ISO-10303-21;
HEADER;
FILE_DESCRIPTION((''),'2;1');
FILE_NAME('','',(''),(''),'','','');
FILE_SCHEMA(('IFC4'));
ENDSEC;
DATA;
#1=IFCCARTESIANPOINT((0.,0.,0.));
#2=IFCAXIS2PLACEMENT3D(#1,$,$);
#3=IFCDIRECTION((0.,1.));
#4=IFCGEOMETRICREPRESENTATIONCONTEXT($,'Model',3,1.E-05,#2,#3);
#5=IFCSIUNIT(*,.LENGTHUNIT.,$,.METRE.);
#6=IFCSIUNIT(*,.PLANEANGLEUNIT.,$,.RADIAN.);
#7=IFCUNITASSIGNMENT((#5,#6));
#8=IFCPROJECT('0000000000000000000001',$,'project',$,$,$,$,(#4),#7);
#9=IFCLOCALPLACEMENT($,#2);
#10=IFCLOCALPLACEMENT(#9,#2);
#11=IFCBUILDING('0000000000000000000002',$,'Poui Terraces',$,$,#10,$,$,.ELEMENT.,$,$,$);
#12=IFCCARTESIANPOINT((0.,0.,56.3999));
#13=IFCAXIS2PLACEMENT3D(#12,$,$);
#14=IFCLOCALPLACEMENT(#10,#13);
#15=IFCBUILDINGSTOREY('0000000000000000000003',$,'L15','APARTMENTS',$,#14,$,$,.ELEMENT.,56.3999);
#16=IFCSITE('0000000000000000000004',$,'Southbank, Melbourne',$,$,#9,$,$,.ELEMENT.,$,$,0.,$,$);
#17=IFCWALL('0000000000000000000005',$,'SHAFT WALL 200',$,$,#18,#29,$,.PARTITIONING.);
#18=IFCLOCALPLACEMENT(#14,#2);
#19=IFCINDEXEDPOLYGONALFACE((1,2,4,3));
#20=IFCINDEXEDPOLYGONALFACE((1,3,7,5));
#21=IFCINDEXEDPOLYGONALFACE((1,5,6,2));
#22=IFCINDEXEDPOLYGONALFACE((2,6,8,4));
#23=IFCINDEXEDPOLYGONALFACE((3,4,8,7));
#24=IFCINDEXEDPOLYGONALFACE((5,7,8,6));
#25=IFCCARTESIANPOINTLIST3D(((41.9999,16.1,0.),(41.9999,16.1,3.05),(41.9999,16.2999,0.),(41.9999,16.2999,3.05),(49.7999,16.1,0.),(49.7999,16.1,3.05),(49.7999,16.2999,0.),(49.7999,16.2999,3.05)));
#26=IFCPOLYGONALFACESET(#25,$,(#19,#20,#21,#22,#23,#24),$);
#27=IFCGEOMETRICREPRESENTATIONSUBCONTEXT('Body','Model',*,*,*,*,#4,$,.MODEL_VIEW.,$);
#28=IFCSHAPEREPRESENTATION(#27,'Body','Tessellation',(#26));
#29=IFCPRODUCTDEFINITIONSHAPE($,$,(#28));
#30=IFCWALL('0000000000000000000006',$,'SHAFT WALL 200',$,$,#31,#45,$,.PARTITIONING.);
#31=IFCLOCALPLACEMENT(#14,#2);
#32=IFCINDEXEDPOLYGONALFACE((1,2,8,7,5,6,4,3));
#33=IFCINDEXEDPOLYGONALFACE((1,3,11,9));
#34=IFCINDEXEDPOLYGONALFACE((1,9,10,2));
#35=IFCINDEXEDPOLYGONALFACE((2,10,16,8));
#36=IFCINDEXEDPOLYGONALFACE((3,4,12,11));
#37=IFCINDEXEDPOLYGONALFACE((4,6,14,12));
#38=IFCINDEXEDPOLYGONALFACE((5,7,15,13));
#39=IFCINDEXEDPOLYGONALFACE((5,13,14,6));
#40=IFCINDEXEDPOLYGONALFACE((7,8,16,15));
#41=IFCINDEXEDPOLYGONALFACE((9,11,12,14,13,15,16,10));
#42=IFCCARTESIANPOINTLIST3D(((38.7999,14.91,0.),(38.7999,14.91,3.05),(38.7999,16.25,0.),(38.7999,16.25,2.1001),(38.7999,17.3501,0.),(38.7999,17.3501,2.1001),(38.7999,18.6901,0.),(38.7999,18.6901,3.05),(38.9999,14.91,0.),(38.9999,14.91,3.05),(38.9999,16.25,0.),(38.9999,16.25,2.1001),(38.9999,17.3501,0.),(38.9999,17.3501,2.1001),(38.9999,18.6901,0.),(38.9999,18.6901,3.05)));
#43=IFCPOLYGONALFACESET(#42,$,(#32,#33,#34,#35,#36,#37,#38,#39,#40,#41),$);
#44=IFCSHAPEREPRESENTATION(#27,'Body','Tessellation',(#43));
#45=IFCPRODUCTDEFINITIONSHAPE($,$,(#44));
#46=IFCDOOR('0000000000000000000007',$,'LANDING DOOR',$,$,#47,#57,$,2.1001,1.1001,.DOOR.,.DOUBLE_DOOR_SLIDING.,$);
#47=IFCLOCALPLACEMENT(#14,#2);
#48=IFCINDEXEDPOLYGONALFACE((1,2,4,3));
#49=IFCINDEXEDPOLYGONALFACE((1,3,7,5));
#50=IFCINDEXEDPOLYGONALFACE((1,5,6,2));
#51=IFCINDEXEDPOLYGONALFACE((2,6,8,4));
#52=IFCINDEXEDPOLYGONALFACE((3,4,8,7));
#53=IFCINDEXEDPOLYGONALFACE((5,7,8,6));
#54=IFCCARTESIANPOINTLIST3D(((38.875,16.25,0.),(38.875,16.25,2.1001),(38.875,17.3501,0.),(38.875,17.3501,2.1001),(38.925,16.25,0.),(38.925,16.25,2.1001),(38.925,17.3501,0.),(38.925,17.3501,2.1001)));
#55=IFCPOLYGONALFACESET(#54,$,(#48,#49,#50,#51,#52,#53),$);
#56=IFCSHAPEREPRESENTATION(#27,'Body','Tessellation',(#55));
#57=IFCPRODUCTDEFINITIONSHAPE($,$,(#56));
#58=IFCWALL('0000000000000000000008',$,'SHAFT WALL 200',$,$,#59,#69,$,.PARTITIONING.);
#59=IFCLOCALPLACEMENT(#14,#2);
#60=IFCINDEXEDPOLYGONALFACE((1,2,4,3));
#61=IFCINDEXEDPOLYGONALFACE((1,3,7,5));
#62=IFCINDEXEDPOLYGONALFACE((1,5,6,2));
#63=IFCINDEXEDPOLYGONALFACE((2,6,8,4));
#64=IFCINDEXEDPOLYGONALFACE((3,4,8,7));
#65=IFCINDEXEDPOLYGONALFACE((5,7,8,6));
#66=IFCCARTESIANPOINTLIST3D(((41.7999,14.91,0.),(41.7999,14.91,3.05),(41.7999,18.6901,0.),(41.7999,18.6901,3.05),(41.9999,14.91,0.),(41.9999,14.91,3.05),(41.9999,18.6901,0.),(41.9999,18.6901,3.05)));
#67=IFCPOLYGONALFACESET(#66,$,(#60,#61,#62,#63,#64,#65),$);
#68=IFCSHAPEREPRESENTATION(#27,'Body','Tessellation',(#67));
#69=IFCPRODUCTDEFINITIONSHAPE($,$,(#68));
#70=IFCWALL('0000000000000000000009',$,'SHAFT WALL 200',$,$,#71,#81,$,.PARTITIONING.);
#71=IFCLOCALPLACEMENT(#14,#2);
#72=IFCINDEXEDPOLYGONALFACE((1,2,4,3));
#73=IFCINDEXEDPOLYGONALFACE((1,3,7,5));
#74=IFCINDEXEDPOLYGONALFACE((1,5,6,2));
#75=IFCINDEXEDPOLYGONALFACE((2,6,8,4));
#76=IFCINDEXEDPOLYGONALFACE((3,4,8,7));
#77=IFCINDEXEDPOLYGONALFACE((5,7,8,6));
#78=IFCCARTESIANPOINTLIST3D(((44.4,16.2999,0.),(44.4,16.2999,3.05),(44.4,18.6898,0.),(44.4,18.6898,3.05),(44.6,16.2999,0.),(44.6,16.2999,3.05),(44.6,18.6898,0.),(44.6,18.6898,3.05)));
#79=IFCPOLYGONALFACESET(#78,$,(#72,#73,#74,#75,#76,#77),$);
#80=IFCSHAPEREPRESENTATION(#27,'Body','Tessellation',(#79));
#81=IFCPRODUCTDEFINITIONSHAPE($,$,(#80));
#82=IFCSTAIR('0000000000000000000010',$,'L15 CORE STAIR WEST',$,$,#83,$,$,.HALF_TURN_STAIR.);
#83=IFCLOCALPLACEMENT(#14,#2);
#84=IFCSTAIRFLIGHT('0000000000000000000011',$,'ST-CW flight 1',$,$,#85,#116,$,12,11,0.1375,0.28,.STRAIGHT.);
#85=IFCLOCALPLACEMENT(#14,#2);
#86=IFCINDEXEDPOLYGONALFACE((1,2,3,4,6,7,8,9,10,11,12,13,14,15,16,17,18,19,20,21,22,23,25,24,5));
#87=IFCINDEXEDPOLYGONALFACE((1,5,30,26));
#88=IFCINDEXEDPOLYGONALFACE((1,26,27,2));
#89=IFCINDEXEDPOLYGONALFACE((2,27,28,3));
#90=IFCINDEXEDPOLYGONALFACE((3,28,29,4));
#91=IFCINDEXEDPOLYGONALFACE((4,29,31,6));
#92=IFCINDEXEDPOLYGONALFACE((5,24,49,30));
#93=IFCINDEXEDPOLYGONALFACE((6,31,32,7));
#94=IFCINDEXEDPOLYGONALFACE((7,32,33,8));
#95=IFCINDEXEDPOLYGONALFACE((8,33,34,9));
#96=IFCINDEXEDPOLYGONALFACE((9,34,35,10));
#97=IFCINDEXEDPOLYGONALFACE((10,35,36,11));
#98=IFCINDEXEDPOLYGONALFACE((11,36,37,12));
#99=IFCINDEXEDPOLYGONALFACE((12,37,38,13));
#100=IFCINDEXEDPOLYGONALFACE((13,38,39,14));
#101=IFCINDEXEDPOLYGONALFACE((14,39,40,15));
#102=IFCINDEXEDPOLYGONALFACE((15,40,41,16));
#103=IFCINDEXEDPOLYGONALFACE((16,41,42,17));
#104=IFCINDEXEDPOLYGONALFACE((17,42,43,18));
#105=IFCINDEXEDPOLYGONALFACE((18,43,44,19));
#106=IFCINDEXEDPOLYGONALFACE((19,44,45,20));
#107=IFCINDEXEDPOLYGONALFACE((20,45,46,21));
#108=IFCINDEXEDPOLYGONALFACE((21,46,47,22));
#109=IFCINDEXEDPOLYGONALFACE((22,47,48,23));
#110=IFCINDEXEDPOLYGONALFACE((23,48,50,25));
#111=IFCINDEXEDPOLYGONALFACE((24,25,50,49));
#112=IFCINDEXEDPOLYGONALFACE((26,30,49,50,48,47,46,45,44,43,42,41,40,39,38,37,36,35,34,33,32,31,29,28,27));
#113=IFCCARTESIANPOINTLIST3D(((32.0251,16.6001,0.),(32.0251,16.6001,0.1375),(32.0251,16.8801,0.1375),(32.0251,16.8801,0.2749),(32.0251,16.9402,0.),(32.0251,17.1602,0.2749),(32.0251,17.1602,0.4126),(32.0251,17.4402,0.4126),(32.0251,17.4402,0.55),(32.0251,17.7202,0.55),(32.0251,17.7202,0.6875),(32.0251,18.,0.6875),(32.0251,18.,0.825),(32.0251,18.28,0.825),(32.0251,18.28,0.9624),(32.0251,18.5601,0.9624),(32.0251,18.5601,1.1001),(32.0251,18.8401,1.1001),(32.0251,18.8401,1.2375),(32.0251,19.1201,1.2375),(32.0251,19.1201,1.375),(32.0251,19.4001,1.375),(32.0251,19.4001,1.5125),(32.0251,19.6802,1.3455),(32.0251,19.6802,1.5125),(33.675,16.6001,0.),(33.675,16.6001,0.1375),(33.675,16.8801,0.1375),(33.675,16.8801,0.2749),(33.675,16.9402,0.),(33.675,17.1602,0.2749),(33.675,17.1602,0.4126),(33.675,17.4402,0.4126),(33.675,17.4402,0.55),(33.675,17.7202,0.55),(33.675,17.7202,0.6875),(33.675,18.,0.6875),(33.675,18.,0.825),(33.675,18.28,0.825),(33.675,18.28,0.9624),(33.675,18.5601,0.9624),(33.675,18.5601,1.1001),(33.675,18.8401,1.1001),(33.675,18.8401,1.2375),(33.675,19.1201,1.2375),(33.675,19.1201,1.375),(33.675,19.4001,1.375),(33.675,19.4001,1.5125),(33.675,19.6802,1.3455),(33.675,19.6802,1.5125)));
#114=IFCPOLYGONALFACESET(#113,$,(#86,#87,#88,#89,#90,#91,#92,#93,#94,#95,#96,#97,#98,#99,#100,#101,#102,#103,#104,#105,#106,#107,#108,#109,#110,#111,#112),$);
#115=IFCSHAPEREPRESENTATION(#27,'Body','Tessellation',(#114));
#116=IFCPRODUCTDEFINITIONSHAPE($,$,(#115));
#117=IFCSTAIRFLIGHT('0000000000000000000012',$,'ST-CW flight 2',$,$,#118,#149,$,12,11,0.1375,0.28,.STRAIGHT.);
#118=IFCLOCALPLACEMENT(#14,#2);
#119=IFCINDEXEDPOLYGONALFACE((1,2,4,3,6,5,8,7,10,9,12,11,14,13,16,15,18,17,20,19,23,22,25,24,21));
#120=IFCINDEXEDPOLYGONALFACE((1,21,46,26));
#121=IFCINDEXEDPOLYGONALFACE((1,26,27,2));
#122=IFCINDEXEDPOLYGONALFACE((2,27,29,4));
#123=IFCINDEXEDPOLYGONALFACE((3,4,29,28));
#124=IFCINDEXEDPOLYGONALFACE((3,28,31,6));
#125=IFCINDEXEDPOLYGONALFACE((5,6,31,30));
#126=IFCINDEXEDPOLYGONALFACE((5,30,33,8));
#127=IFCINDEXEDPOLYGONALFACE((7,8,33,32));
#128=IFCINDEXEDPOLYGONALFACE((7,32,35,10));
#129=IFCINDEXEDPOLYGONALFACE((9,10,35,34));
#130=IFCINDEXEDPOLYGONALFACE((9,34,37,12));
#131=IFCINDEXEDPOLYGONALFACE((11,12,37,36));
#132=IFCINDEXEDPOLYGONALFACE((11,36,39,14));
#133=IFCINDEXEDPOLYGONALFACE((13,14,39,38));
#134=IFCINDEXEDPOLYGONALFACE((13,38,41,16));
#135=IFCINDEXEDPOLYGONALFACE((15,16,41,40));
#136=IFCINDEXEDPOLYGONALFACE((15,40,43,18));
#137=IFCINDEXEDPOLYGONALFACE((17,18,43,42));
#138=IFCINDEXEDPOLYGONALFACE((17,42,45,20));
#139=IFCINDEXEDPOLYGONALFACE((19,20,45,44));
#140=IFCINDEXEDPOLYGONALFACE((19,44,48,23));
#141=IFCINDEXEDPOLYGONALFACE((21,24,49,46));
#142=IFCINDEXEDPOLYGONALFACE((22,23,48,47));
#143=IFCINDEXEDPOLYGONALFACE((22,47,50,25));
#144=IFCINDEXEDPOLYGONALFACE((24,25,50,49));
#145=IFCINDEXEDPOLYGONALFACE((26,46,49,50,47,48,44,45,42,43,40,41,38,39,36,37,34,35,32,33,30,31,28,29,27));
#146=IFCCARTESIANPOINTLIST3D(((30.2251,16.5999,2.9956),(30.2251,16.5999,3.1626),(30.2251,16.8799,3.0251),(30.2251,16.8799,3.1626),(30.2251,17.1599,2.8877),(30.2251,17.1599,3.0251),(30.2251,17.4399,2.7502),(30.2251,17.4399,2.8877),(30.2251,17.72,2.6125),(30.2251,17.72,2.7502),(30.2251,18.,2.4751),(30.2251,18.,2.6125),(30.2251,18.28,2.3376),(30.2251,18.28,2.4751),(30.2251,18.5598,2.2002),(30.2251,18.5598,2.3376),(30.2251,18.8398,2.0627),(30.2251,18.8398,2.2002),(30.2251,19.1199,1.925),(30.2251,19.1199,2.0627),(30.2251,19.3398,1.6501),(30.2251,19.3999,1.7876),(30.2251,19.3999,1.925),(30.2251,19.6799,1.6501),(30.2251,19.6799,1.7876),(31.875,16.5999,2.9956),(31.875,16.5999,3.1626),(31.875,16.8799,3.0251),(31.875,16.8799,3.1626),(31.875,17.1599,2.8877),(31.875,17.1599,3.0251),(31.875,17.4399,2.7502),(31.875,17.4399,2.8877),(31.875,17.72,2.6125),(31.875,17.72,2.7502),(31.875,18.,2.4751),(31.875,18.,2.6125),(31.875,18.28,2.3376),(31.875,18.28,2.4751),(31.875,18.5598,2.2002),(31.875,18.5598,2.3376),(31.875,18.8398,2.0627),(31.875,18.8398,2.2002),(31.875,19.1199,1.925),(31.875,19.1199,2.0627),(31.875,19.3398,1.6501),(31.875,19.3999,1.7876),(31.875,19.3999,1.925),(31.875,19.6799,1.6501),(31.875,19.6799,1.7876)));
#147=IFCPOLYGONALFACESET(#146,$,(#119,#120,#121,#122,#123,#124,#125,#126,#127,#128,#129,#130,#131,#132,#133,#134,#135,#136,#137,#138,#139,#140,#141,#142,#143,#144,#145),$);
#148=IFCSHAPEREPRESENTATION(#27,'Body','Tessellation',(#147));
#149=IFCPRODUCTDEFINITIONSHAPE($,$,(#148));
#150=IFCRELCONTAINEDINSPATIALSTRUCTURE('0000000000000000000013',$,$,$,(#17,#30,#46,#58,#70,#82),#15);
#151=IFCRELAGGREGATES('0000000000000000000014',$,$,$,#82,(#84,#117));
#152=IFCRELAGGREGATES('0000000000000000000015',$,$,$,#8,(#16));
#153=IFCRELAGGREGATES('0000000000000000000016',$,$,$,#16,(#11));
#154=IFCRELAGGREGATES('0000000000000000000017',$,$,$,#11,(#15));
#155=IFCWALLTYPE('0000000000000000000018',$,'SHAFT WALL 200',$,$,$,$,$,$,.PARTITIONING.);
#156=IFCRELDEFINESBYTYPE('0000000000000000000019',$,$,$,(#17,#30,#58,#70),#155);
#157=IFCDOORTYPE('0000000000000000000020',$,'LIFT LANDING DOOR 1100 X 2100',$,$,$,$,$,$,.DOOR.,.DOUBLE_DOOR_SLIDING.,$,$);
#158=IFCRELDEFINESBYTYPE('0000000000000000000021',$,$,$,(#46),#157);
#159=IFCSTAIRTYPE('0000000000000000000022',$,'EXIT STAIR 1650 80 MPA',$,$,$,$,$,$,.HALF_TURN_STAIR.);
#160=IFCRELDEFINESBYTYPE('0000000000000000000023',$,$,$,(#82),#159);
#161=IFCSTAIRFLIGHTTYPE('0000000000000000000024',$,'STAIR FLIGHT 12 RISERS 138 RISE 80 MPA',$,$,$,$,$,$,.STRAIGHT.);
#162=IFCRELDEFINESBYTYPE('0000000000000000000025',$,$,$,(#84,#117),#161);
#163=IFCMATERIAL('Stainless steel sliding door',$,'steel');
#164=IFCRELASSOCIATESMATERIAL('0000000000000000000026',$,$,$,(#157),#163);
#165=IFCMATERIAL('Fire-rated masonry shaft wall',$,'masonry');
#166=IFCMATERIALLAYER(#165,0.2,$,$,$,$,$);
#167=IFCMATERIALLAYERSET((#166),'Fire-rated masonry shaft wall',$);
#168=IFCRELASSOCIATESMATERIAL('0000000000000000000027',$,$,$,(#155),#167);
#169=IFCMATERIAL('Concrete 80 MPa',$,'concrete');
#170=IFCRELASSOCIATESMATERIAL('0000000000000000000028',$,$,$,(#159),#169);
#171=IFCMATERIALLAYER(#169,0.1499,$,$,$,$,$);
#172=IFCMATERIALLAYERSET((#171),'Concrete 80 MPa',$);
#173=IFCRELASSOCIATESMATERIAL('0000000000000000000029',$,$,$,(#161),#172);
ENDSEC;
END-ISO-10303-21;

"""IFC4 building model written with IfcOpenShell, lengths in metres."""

from ifc_helpers import new_model, si_unit, direction, frame, frame_2d, origin, place, context, subcontext, project, spatial, polyline, rectangle, outline, extrude, material, layer, layer_set, type_object, element, fill, aggregate, save


model = new_model("IFC4")

# Units and contexts
model_context = context("Model", 3, precision=1e-05, world=origin(), true_north=direction((0.0, 1.0)))
body_context = subcontext(model_context, "Body", "Model", "MODEL_VIEW")
ifc_project = project(units=[si_unit("LENGTHUNIT", "METRE"), si_unit("PLANEANGLEUNIT", "RADIAN")], contexts=[model_context])

# Site, building, storey
site_placement = place(None, origin())
site = spatial("IfcSite", under=ifc_project, at=site_placement, Name="Southbank, Melbourne", CompositionType="ELEMENT", RefElevation=0.0)
building_placement = place(site_placement, origin())
building = spatial("IfcBuilding", under=site, at=building_placement, Name="Poui Terraces", CompositionType="ELEMENT")
storey_placement = place(building_placement, frame((0.0, 0.0, 56.3999)))
storey = spatial("IfcBuildingStorey", under=building, at=storey_placement, Name="L15", Description="APARTMENTS", CompositionType="ELEMENT", Elevation=56.3999)

# Shared definitions
ifc_material_1 = material(Name="Concrete 80 MPa", Category="concrete")
ifc_material_2 = material(Name="Stainless steel sliding door", Category="steel")
door_type_1 = type_object("IfcDoorType", Name="LIFT LANDING DOOR 1100 X 2100", OperationType="DOUBLE_DOOR_SLIDING", PredefinedType="DOOR", material=ifc_material_2)

# Wall
ifc_material_3 = material(Name="Fire-rated masonry shaft wall", Category="masonry")
ifc_layer_1 = layer(ifc_material_3, 0.2)
ifc_layer_set_1 = layer_set([ifc_layer_1], Name="Fire-rated masonry shaft wall")
wall_type_1 = type_object("IfcWallType", Name="SHAFT WALL 200", PredefinedType="PARTITIONING", material=ifc_layer_set_1)
wall_1_placement = place(storey_placement, frame((42.0, 16.2, 0.0), z_axis=(0.0, 0.0, 1.0), x_axis=(1.0, 0.0, 0.0)))
element("IfcWall", 1, at=wall_1_placement, inside=storey, type_object=wall_type_1, Name="SHAFT WALL 200", PredefinedType="PARTITIONING", context=body_context, shape_type="SweptSolid", body=[
    extrude(rectangle(XDim=7.8, YDim=0.2, at=frame_2d((3.8999, 0.0))), origin(), (0.0, 0.0, 1.0), 3.05),
])

# Wall, opening, door
wall_2_placement = place(storey_placement, frame((38.8999, 14.9099, 0.0), z_axis=(0.0, 0.0, 1.0), x_axis=(0.0, 1.0, 0.0)))
wall_2 = element("IfcWall", 2, at=wall_2_placement, inside=storey, type_object=wall_type_1, Name="SHAFT WALL 200", PredefinedType="PARTITIONING", context=body_context, shape_type="SweptSolid", body=[
    extrude(rectangle(XDim=3.78, YDim=0.2, at=frame_2d((1.8901, 0.0))), origin(), (0.0, 0.0, 1.0), 3.05),
])
opening_1_placement = place(wall_2_placement, frame((1.3401, 0.0, 0.0)))
opening_1 = element("IfcOpeningElement", 3, at=opening_1_placement, cuts=wall_2, PredefinedType="OPENING", context=body_context, shape_type="SweptSolid", body=[
    extrude(rectangle(XDim=1.1001, YDim=2.1001, at=frame_2d((0.55, 1.05))), frame((0.0, 0.1099, 0.0), z_axis=(0.0, -1.0, 0.0), x_axis=(1.0, 0.0, 0.0)), (0.0, 0.0, 1.0), 0.22),
])
door_1_placement = place(opening_1_placement, origin())
door_1 = element("IfcDoor", 4, at=door_1_placement, inside=storey, type_object=door_type_1, Name="LANDING DOOR", OperationType="DOUBLE_DOOR_SLIDING", OverallHeight=2.1001, OverallWidth=1.1001, PredefinedType="DOOR", context=body_context, shape_type="SweptSolid", body=[
    extrude(rectangle(XDim=1.1001, YDim=2.1001, at=frame_2d((0.55, 1.05))), frame((0.0, 0.0249, 0.0), z_axis=(0.0, -1.0, 0.0), x_axis=(1.0, 0.0, 0.0)), (0.0, 0.0, 1.0), 0.05),
])
fill(opening_1, door_1)

# Walls
wall_3_placement = place(storey_placement, frame((41.8999, 14.9099, 0.0), z_axis=(0.0, 0.0, 1.0), x_axis=(0.0, 1.0, 0.0)))
element("IfcWall", 5, at=wall_3_placement, inside=storey, type_object=wall_type_1, Name="SHAFT WALL 200", PredefinedType="PARTITIONING", context=body_context, shape_type="SweptSolid", body=[
    extrude(rectangle(XDim=3.78, YDim=0.2, at=frame_2d((1.8901, 0.0))), origin(), (0.0, 0.0, 1.0), 3.05),
])
wall_4_placement = place(storey_placement, frame((44.5, 16.3, 0.0), z_axis=(0.0, 0.0, 1.0), x_axis=(0.0, 1.0, 0.0)))
element("IfcWall", 6, at=wall_4_placement, inside=storey, type_object=wall_type_1, Name="SHAFT WALL 200", PredefinedType="PARTITIONING", context=body_context, shape_type="SweptSolid", body=[
    extrude(rectangle(XDim=2.3899, YDim=0.2, at=frame_2d((1.1948, 0.0))), origin(), (0.0, 0.0, 1.0), 3.05),
])

# Stair, stair flights
stair_type = type_object("IfcStairType", Name="EXIT STAIR 1650 80 MPA", PredefinedType="HALF_TURN_STAIR", material=ifc_material_1)
stair_placement = place(storey_placement, origin())
stair = element("IfcStair", 7, at=stair_placement, inside=storey, type_object=stair_type, Name="L15 CORE STAIR WEST", PredefinedType="HALF_TURN_STAIR")
ifc_layer_2 = layer(ifc_material_1, 0.1499)
ifc_layer_set_2 = layer_set([ifc_layer_2], Name="Concrete 80 MPa")
stair_flight_type = type_object("IfcStairFlightType", Name="STAIR FLIGHT 12 RISERS 138 RISE 80 MPA", PredefinedType="STRAIGHT", material=ifc_layer_set_2)
stair_flight_1_placement = place(storey_placement, frame((32.8501, 16.6001, 0.0), z_axis=(0.0, 0.0, 1.0), x_axis=(0.0, 1.0, 0.0)))
stair_flight_1 = element("IfcStairFlight", 8, at=stair_flight_1_placement, type_object=stair_flight_type, Name="ST-CW flight 1", NumberOfRisers=12, NumberOfTreads=11, PredefinedType="STRAIGHT", RiserHeight=0.1375, TreadLength=0.28, context=body_context, shape_type="SweptSolid", body=[
    extrude(outline(polyline([(0.0, 0.0), (0.0, 0.1375), (0.28, 0.1375), (0.28, 0.2749), (0.5601, 0.2749), (0.5601, 0.4126), (0.8401, 0.4126), (0.8401, 0.55), (1.1201, 0.55), (1.1201, 0.6875), (1.3999, 0.6875), (1.3999, 0.825), (1.6799, 0.825), (1.6799, 0.9624), (1.96, 0.9624), (1.96, 1.1001), (2.24, 1.1001), (2.24, 1.2375), (2.52, 1.2375), (2.52, 1.375), (2.8, 1.375), (2.8, 1.5125), (3.0801, 1.5125), (3.0801, 1.6499), (3.0801, 1.3455), (0.3401, 0.0), (0.0, 0.0)])), frame((0.0, 0.825, 0.0), z_axis=(0.0, -1.0, 0.0), x_axis=(1.0, 0.0, 0.0)), (0.0, 0.0, 1.0), 1.6499),
])
stair_flight_2_placement = place(storey_placement, frame((31.05, 19.6799, 1.6501), z_axis=(0.0, 0.0, 1.0), x_axis=(0.0, -1.0, 0.0)))
stair_flight_2 = element("IfcStairFlight", 9, at=stair_flight_2_placement, type_object=stair_flight_type, Name="ST-CW flight 2", NumberOfRisers=12, NumberOfTreads=11, PredefinedType="STRAIGHT", RiserHeight=0.1375, TreadLength=0.28, context=body_context, shape_type="SweptSolid", body=[
    extrude(outline(polyline([(0.0, 0.0), (0.0, 0.1375), (0.28, 0.1375), (0.28, 0.2749), (0.5601, 0.2749), (0.5601, 0.4126), (0.8401, 0.4126), (0.8401, 0.55), (1.1201, 0.55), (1.1201, 0.6875), (1.3999, 0.6875), (1.3999, 0.825), (1.6799, 0.825), (1.6799, 0.9624), (1.96, 0.9624), (1.96, 1.1001), (2.24, 1.1001), (2.24, 1.2375), (2.52, 1.2375), (2.52, 1.375), (2.8, 1.375), (2.8, 1.5125), (3.0801, 1.5125), (3.0801, 1.6499), (3.0801, 1.3455), (0.3401, 0.0), (0.0, 0.0)])), frame((0.0, 0.825, 0.0), z_axis=(0.0, -1.0, 0.0), x_axis=(1.0, 0.0, 0.0)), (0.0, 0.0, 1.0), 1.6499),
])
aggregate(stair, [stair_flight_1, stair_flight_2])

save(model, "model.ifc")
